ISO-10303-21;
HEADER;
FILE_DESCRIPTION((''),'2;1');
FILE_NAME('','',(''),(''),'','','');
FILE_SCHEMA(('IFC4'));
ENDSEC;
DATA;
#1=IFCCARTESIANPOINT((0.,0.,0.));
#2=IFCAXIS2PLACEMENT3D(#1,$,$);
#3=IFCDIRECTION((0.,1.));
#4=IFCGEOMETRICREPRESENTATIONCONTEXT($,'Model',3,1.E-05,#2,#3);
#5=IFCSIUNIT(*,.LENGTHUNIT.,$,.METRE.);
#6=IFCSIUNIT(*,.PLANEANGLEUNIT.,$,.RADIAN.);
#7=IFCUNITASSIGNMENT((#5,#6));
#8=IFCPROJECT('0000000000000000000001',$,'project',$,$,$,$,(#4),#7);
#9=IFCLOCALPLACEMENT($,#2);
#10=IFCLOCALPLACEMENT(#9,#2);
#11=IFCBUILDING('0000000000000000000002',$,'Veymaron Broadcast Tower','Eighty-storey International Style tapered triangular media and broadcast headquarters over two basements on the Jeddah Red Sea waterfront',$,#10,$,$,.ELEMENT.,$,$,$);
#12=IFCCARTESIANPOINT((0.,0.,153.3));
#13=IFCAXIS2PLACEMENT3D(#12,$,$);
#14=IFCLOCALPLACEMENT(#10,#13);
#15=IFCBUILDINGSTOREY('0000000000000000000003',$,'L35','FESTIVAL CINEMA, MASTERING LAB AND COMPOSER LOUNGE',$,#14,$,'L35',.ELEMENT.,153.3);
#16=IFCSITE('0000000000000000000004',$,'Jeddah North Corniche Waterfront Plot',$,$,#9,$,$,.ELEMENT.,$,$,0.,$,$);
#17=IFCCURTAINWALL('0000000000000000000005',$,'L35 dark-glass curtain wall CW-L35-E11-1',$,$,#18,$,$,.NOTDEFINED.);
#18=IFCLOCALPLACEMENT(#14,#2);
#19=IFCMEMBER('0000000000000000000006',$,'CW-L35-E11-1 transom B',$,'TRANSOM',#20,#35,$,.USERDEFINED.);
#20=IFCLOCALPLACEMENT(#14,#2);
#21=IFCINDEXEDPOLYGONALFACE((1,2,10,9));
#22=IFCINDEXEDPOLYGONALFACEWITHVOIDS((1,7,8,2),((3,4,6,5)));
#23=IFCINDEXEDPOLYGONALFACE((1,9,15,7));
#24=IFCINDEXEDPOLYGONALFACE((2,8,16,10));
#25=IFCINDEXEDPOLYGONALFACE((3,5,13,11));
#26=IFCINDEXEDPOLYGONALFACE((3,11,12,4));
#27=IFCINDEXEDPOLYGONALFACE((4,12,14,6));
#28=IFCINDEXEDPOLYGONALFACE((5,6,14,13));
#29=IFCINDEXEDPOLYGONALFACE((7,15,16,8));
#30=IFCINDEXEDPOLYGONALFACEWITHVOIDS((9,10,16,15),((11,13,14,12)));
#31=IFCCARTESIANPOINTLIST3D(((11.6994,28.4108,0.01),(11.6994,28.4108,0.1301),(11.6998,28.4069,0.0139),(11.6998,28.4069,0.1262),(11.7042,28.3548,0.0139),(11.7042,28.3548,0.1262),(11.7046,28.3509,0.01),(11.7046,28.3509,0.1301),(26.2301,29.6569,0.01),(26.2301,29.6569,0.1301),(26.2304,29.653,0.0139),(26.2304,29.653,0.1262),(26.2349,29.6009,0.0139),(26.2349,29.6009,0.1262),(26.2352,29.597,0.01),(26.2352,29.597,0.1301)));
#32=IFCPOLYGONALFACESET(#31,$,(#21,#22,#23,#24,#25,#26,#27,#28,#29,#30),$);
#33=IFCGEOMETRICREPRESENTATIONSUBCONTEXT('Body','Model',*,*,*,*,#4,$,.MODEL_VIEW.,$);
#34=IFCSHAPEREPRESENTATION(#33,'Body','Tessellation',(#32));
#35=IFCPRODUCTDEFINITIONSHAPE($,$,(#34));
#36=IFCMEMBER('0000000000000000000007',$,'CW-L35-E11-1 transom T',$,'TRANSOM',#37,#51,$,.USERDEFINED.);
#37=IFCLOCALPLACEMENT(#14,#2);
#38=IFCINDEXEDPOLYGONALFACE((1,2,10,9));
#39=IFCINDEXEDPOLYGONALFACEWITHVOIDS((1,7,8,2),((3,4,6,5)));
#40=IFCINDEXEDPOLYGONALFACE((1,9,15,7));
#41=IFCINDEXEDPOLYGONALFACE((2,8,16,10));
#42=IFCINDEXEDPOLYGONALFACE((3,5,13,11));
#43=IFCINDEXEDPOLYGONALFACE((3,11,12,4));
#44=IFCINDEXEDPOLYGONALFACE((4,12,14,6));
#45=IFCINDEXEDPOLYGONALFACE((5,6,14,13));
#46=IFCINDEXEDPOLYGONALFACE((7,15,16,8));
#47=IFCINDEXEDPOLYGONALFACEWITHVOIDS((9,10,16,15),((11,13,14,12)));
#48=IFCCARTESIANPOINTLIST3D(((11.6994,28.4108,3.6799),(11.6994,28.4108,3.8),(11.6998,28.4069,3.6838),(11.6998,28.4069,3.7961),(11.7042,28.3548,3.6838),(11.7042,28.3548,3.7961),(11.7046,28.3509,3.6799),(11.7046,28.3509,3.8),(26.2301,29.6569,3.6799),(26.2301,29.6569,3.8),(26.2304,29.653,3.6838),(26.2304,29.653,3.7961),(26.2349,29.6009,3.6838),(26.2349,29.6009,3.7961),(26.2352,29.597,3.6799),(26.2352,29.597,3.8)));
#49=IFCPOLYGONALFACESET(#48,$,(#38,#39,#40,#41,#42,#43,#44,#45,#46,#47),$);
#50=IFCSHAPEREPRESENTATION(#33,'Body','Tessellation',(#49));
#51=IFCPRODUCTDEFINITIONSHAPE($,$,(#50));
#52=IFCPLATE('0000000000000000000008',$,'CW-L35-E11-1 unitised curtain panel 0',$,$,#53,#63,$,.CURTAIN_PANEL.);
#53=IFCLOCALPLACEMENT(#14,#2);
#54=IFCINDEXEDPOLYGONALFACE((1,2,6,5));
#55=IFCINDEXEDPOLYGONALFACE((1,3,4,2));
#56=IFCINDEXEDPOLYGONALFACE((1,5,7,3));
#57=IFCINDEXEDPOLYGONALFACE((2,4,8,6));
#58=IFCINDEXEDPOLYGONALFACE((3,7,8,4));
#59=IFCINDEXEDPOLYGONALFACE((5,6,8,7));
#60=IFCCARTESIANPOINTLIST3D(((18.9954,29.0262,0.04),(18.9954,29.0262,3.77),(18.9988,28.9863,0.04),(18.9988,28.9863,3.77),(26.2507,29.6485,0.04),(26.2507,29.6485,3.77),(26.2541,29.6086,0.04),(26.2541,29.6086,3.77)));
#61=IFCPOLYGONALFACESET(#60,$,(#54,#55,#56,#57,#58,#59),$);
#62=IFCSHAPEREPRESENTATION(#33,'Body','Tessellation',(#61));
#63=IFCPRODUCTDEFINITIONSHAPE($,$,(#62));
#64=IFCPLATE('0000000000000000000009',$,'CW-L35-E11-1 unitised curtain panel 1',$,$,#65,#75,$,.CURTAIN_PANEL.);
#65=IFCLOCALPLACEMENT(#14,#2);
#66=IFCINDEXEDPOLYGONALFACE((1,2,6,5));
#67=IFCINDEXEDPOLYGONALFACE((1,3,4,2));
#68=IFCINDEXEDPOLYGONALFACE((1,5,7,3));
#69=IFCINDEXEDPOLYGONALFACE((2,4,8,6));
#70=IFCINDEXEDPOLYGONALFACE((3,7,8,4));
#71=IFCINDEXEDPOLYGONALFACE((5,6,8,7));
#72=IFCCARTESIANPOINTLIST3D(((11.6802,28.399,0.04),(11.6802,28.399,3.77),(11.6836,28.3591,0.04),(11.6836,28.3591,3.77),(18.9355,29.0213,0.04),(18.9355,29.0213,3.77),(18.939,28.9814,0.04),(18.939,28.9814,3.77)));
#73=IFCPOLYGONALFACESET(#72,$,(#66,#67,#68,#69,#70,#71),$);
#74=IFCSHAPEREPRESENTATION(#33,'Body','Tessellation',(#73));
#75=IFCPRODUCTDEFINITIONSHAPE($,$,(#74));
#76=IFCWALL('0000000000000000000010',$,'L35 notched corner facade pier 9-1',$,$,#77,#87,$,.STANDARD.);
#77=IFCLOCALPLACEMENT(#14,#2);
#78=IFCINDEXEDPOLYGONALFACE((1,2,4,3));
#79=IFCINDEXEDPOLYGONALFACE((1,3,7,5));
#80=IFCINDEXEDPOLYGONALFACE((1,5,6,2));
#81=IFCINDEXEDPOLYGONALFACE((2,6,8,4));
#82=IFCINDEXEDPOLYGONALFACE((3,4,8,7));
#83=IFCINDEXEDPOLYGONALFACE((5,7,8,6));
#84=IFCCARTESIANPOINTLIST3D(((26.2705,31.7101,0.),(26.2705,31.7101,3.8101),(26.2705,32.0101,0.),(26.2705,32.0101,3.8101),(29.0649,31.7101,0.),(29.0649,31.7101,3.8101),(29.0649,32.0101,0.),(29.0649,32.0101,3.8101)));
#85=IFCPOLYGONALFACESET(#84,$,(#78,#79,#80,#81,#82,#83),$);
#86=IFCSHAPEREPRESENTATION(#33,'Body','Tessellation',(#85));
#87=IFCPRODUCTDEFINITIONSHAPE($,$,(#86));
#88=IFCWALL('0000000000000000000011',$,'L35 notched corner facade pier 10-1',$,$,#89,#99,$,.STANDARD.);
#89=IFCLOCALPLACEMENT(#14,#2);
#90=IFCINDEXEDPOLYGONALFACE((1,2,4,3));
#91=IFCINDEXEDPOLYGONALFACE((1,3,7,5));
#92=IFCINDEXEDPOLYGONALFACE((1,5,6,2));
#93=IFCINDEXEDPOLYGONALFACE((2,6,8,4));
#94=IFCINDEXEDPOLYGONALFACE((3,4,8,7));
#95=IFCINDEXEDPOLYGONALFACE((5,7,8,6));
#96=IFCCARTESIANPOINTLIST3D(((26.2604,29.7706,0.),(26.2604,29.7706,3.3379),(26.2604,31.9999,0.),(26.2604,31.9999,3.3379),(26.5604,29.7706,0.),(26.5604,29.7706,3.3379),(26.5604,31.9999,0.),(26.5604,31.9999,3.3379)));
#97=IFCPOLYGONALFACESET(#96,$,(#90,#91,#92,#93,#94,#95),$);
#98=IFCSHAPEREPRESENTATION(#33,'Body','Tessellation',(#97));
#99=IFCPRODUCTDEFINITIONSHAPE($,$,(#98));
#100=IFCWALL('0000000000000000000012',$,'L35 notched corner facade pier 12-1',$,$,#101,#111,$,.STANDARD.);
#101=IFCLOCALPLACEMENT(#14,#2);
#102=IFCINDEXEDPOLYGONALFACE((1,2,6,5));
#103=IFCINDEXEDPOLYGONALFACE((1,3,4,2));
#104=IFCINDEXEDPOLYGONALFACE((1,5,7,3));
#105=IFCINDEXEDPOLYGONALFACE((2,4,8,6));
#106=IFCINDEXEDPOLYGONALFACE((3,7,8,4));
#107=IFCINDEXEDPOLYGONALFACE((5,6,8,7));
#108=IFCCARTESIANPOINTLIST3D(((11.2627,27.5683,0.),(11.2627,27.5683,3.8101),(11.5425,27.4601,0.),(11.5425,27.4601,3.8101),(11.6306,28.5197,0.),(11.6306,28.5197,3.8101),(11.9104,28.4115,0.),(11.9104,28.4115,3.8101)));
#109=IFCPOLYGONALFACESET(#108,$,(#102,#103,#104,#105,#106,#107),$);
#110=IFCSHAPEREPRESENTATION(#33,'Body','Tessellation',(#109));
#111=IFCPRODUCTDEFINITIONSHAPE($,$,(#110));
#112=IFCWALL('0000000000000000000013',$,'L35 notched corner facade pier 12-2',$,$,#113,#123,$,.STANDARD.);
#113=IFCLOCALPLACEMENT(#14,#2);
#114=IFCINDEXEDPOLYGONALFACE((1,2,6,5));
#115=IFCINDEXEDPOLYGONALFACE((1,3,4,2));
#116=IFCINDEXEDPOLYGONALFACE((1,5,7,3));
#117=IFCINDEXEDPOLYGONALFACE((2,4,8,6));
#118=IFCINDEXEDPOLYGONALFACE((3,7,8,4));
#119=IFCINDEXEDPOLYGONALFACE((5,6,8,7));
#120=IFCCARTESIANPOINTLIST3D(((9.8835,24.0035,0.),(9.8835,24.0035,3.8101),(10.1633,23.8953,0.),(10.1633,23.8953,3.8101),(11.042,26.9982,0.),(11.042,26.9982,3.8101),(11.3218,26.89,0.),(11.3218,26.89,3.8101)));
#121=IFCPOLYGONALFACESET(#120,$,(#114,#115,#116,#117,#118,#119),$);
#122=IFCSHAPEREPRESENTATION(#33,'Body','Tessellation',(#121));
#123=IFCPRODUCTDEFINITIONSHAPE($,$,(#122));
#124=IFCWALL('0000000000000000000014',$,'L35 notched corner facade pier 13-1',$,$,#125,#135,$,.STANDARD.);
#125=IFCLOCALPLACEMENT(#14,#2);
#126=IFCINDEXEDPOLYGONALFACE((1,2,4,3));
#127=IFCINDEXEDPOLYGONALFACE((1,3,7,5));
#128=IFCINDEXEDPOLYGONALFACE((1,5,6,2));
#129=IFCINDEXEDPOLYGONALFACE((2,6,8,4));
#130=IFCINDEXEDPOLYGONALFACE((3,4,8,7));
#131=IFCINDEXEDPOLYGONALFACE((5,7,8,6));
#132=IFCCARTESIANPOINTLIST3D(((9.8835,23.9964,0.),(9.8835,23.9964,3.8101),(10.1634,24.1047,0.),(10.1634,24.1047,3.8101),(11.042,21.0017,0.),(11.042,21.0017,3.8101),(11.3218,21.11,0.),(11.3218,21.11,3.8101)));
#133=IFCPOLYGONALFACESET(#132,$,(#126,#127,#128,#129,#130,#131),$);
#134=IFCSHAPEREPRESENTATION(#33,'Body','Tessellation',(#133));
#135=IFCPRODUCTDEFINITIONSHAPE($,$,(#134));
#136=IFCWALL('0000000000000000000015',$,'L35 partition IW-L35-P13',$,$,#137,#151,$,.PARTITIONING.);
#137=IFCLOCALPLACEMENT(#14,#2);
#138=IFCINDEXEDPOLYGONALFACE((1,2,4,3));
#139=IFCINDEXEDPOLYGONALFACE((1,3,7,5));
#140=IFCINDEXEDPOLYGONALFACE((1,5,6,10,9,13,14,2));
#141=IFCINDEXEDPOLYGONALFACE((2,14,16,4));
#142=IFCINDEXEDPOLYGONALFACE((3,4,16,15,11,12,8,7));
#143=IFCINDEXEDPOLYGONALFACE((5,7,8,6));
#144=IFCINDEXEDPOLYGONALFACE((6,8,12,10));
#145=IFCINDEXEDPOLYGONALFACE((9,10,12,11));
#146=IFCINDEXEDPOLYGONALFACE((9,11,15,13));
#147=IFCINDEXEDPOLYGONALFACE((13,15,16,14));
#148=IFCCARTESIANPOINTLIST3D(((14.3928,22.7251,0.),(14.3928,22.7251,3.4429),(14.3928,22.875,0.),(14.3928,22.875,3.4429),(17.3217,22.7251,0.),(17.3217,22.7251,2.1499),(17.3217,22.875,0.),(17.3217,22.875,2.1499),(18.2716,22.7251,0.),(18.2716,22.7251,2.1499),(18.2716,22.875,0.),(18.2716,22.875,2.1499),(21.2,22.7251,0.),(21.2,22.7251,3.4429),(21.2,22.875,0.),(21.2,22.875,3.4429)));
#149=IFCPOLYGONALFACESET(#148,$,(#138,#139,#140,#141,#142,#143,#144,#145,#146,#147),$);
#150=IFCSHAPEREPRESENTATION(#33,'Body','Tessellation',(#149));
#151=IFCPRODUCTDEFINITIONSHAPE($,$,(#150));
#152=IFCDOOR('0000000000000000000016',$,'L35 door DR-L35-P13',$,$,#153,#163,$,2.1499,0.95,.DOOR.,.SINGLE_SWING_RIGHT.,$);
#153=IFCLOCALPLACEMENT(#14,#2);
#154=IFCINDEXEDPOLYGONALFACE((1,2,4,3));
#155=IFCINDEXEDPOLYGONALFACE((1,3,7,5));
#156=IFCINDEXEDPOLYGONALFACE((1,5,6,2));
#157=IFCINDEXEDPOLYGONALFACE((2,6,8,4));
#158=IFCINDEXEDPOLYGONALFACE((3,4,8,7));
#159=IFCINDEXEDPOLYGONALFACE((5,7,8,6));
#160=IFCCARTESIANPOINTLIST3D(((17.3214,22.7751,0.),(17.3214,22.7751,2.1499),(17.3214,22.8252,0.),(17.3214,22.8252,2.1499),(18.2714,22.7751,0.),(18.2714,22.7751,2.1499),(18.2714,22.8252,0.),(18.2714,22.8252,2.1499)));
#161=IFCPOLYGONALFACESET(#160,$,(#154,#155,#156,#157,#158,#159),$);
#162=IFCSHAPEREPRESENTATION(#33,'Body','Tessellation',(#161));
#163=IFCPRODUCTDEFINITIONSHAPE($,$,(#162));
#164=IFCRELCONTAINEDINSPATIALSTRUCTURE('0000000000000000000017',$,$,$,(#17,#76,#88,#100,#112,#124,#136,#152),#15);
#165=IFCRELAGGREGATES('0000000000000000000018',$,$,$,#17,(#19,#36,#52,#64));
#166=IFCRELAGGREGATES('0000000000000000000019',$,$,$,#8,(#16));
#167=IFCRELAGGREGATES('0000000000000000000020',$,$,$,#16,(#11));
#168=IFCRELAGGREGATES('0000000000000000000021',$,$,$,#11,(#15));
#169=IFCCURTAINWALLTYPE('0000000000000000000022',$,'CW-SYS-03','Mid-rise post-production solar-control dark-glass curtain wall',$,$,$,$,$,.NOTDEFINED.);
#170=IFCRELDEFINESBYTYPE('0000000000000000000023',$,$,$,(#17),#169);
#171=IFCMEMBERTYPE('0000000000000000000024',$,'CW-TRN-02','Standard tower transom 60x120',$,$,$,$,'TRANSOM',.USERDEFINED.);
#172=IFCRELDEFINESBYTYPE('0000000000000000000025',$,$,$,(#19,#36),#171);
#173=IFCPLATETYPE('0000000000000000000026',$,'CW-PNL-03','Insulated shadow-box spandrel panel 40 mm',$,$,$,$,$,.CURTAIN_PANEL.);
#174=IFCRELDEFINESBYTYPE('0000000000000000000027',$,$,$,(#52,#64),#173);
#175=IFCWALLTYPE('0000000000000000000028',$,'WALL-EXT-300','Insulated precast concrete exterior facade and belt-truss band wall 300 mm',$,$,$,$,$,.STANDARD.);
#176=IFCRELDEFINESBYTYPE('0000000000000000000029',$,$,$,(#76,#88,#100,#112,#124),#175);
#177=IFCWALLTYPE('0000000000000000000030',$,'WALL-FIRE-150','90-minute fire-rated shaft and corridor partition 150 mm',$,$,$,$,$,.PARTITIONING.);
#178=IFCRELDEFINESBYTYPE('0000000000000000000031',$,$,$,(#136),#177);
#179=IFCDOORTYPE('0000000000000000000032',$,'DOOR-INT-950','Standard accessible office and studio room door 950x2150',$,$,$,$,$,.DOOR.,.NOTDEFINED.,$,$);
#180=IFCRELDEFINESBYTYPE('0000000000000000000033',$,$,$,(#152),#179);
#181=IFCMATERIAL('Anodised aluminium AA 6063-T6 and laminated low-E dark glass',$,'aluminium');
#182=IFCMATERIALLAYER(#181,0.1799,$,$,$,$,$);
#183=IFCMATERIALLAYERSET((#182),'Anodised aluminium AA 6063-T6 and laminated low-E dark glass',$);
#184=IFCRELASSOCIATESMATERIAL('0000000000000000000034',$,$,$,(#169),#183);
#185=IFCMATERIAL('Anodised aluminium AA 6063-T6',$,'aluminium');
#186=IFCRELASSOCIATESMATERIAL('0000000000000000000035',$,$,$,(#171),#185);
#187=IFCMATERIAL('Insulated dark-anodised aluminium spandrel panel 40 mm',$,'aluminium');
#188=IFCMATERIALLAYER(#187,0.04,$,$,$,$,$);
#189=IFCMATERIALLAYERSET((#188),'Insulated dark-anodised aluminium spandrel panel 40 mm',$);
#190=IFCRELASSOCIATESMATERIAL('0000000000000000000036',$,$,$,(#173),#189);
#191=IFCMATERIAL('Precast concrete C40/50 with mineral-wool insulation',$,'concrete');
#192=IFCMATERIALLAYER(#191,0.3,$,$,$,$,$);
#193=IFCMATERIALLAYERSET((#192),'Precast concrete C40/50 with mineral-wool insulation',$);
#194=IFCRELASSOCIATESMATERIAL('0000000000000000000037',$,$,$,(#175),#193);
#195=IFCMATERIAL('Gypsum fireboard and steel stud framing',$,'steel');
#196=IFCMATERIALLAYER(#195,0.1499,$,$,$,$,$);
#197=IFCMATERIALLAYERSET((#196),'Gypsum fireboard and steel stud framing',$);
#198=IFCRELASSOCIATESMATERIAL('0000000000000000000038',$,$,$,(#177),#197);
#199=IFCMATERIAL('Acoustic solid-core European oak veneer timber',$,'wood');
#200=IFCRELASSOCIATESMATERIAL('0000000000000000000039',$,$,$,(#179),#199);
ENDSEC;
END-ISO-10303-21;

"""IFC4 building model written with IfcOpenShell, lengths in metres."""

from ifc_helpers import new_model, si_unit, direction, frame, frame_2d, origin, origin_2d, place, context, subcontext, project, spatial, rectangle, hollow_rectangle, extrude, material, layer, layer_set, material_profile, profile_set, type_object, element, fill, aggregate, save


model = new_model("IFC4")

# Units and contexts
model_context = context("Model", 3, precision=1e-05, world=origin(), true_north=direction((0.0, 1.0)))
body_context = subcontext(model_context, "Body", "Model", "MODEL_VIEW")
ifc_project = project(units=[si_unit("LENGTHUNIT", "METRE"), si_unit("PLANEANGLEUNIT", "RADIAN")], contexts=[model_context])

# Site, building, storey
site_placement = place(None, origin())
site = spatial("IfcSite", under=ifc_project, at=site_placement, Name="Jeddah North Corniche Waterfront Plot", CompositionType="ELEMENT", RefElevation=0.0)
building_placement = place(site_placement, origin())
building = spatial("IfcBuilding", under=site, at=building_placement, Name="Veymaron Broadcast Tower", Description="Eighty-storey International Style tapered triangular media and broadcast headquarters over two basements on the Jeddah Red Sea waterfront", CompositionType="ELEMENT")
storey_placement = place(building_placement, frame((0.0, 0.0, 153.3)))
storey = spatial("IfcBuildingStorey", under=building, at=storey_placement, Name="L35", Description="FESTIVAL CINEMA, MASTERING LAB AND COMPOSER LOUNGE", LongName="L35", CompositionType="ELEMENT", Elevation=153.3)

# Curtain wall, members, plates
ifc_material_1 = material(Name="Anodised aluminium AA 6063-T6 and laminated low-E dark glass", Category="aluminium")
ifc_layer_1 = layer(ifc_material_1, 0.1799)
ifc_layer_set_1 = layer_set([ifc_layer_1], Name="Anodised aluminium AA 6063-T6 and laminated low-E dark glass")
curtain_wall_type = type_object("IfcCurtainWallType", Name="CW-SYS-03", Description="Mid-rise post-production solar-control dark-glass curtain wall", PredefinedType="NOTDEFINED", material=ifc_layer_set_1)
curtain_wall_placement = place(storey_placement, origin())
curtain_wall = element("IfcCurtainWall", 1, at=curtain_wall_placement, inside=storey, type_object=curtain_wall_type, Name="L35 dark-glass curtain wall CW-L35-E11-1", PredefinedType="NOTDEFINED")
ifc_material_2 = material(Name="Anodised aluminium AA 6063-T6", Category="aluminium")
ifc_material_profile_1 = material_profile(ifc_material_2, hollow_rectangle(XDim=0.0601, YDim=0.1201, WallThickness=0.0039, at=origin_2d()), Name="AL120X60X4")
ifc_profile_set_1 = profile_set([ifc_material_profile_1], Name="Anodised aluminium AA 6063-T6")
member_type_1 = type_object("IfcMemberType", Name="CW-TRN-02", Description="Standard tower transom 60x120", ElementType="TRANSOM", PredefinedType="USERDEFINED", material=ifc_profile_set_1)
member_1_placement = place(storey_placement, frame((26.2327, 29.627, 0.0701), z_axis=(-0.996343, -0.085442, 0.0), x_axis=(0.085442, -0.996343, 0.0)))
member_1 = element("IfcMember", 2, at=member_1_placement, type_object=member_type_1, Name="CW-L35-E11-1 transom B", ObjectType="TRANSOM", PredefinedType="USERDEFINED", context=body_context, shape_type="SweptSolid", body=[
    extrude(hollow_rectangle(XDim=0.0601, YDim=0.1201, WallThickness=0.0039, at=origin_2d()), origin(), (0.0, 0.0, 1.0), 14.584),
])
member_2_placement = place(storey_placement, frame((26.2327, 29.627, 3.74), z_axis=(-0.996343, -0.085442, 0.0), x_axis=(0.085442, -0.996343, 0.0)))
member_2 = element("IfcMember", 3, at=member_2_placement, type_object=member_type_1, Name="CW-L35-E11-1 transom T", ObjectType="TRANSOM", PredefinedType="USERDEFINED", context=body_context, shape_type="SweptSolid", body=[
    extrude(hollow_rectangle(XDim=0.0601, YDim=0.1201, WallThickness=0.0039, at=origin_2d()), origin(), (0.0, 0.0, 1.0), 14.584),
])
ifc_material_3 = material(Name="Insulated dark-anodised aluminium spandrel panel 40 mm", Category="aluminium")
ifc_layer_2 = layer(ifc_material_3, 0.04)
ifc_layer_set_2 = layer_set([ifc_layer_2], Name="Insulated dark-anodised aluminium spandrel panel 40 mm")
plate_type = type_object("IfcPlateType", Name="CW-PNL-03", Description="Insulated shadow-box spandrel panel 40 mm", PredefinedType="CURTAIN_PANEL", material=ifc_layer_set_2)
plate_1_placement = place(storey_placement, frame((22.6248, 29.3174, 0.04), z_axis=(0.0, 0.0, 1.0), x_axis=(-0.996342, -0.085452, 0.0)))
plate_1 = element("IfcPlate", 4, at=plate_1_placement, type_object=plate_type, Name="CW-L35-E11-1 unitised curtain panel 0", PredefinedType="CURTAIN_PANEL", context=body_context, shape_type="SweptSolid", body=[
    extrude(rectangle(XDim=7.282, YDim=0.04, at=origin_2d()), origin(), (0.0, 0.0, 1.0), 3.73),
])
plate_2_placement = place(storey_placement, frame((15.3096, 28.6902, 0.04), z_axis=(0.0, 0.0, 1.0), x_axis=(-0.996342, -0.085452, 0.0)))
plate_2 = element("IfcPlate", 5, at=plate_2_placement, type_object=plate_type, Name="CW-L35-E11-1 unitised curtain panel 1", PredefinedType="CURTAIN_PANEL", context=body_context, shape_type="SweptSolid", body=[
    extrude(rectangle(XDim=7.282, YDim=0.04, at=origin_2d()), origin(), (0.0, 0.0, 1.0), 3.73),
])
aggregate(curtain_wall, [member_1, member_2, plate_1, plate_2])

# Walls
ifc_material_4 = material(Name="Precast concrete C40/50 with mineral-wool insulation", Category="concrete")
ifc_layer_3 = layer(ifc_material_4, 0.3)
ifc_layer_set_3 = layer_set([ifc_layer_3], Name="Precast concrete C40/50 with mineral-wool insulation")
wall_type_1 = type_object("IfcWallType", Name="WALL-EXT-300", Description="Insulated precast concrete exterior facade and belt-truss band wall 300 mm", PredefinedType="STANDARD", material=ifc_layer_set_3)
wall_1_placement = place(storey_placement, frame((29.0649, 31.8601, 0.0), z_axis=(0.0, 0.0, 1.0), x_axis=(-1.0, 0.0, 0.0)))
element("IfcWall", 6, at=wall_1_placement, inside=storey, type_object=wall_type_1, Name="L35 notched corner facade pier 9-1", PredefinedType="STANDARD", context=body_context, shape_type="SweptSolid", body=[
    extrude(rectangle(XDim=2.7944, YDim=0.3, at=frame_2d((1.3972, 0.0))), origin(), (0.0, 0.0, 1.0), 3.8101),
])
wall_2_placement = place(storey_placement, frame((26.4104, 32.0, 0.0), z_axis=(0.0, 0.0, 1.0), x_axis=(0.0, -1.0, 0.0)))
element("IfcWall", 7, at=wall_2_placement, inside=storey, type_object=wall_type_1, Name="L35 notched corner facade pier 10-1", PredefinedType="STANDARD", context=body_context, shape_type="SweptSolid", body=[
    extrude(rectangle(XDim=2.2292, YDim=0.3, at=frame_2d((1.1147, 0.0))), origin(), (0.0, 0.0, 1.0), 3.3379),
])
wall_3_placement = place(storey_placement, frame((11.7705, 28.4656, 0.0), z_axis=(0.0, 0.0, 1.0), x_axis=(-0.360679, -0.93269, 0.0)))
element("IfcWall", 8, at=wall_3_placement, inside=storey, type_object=wall_type_1, Name="L35 notched corner facade pier 12-1", PredefinedType="STANDARD", context=body_context, shape_type="SweptSolid", body=[
    extrude(rectangle(XDim=1.02, YDim=0.3, at=frame_2d((0.51, 0.0))), origin(), (0.0, 0.0, 1.0), 3.8101),
])
for number, where, z_axis, x_axis, name in (
    (9, (11.1819, 26.9441, 0.0), (0.0, 0.0, 1.0), (-0.360787, -0.932648, 0.0), "L35 notched corner facade pier 12-2"),
    (10, (10.0234, 24.0505, 0.0), (0.0, 0.0, 1.0), (0.360787, -0.932648, 0.0), "L35 notched corner facade pier 13-1"),
):
    element("IfcWall", number, at=place(storey_placement, frame(where, z_axis=z_axis, x_axis=x_axis)), inside=storey, type_object=wall_type_1, Name=name, PredefinedType="STANDARD", context=body_context, shape_type="SweptSolid", body=[
        extrude(rectangle(XDim=3.2109, YDim=0.3, at=frame_2d((1.6055, 0.0))), origin(), (0.0, 0.0, 1.0), 3.8101),
    ])

# Wall, opening, door
ifc_material_5 = material(Name="Gypsum fireboard and steel stud framing", Category="steel")
ifc_layer_4 = layer(ifc_material_5, 0.1499)
ifc_layer_set_4 = layer_set([ifc_layer_4], Name="Gypsum fireboard and steel stud framing")
wall_type_2 = type_object("IfcWallType", Name="WALL-FIRE-150", Description="90-minute fire-rated shaft and corridor partition 150 mm", PredefinedType="PARTITIONING", material=ifc_layer_set_4)
wall_4_placement = place(storey_placement, frame((14.3928, 22.8, 0.0), z_axis=(0.0, 0.0, 1.0), x_axis=(1.0, 0.0, 0.0)))
wall_4 = element("IfcWall", 11, at=wall_4_placement, inside=storey, type_object=wall_type_2, Name="L35 partition IW-L35-P13", PredefinedType="PARTITIONING", context=body_context, shape_type="SweptSolid", body=[
    extrude(rectangle(XDim=6.8071, YDim=0.1499, at=frame_2d((3.4036, 0.0))), origin(), (0.0, 0.0, 1.0), 3.4429),
])
opening_1_placement = place(wall_4_placement, frame((2.9287, 0.0, 0.0)))
opening_1 = element("IfcOpeningElement", 12, at=opening_1_placement, cuts=wall_4, PredefinedType="OPENING", context=body_context, shape_type="SweptSolid", body=[
    extrude(rectangle(XDim=0.95, YDim=2.1499, at=frame_2d((0.4751, 1.075))), frame((0.0, 0.085, 0.0), z_axis=(0.0, -1.0, 0.0), x_axis=(1.0, 0.0, 0.0)), (0.0, 0.0, 1.0), 0.1699),
])
ifc_material_6 = material(Name="Acoustic solid-core European oak veneer timber", Category="wood")
door_type = type_object("IfcDoorType", Name="DOOR-INT-950", Description="Standard accessible office and studio room door 950x2150", OperationType="NOTDEFINED", PredefinedType="DOOR", material=ifc_material_6)
door_1_placement = place(opening_1_placement, frame((0.95, 0.0, 0.0), z_axis=(0.0, 0.0, 1.0), x_axis=(-1.0, 0.0, 0.0)))
door_1 = element("IfcDoor", 13, at=door_1_placement, inside=storey, type_object=door_type, Name="L35 door DR-L35-P13", OperationType="SINGLE_SWING_RIGHT", OverallHeight=2.1499, OverallWidth=0.95, PredefinedType="DOOR", context=body_context, shape_type="SweptSolid", body=[
    extrude(rectangle(XDim=0.95, YDim=2.1499, at=frame_2d((0.4751, 1.075))), frame((0.0, 0.0249, 0.0), z_axis=(0.0, -1.0, 0.0), x_axis=(1.0, 0.0, 0.0)), (0.0, 0.0, 1.0), 0.05),
])
fill(opening_1, door_1)

save(model, "model.ifc")
